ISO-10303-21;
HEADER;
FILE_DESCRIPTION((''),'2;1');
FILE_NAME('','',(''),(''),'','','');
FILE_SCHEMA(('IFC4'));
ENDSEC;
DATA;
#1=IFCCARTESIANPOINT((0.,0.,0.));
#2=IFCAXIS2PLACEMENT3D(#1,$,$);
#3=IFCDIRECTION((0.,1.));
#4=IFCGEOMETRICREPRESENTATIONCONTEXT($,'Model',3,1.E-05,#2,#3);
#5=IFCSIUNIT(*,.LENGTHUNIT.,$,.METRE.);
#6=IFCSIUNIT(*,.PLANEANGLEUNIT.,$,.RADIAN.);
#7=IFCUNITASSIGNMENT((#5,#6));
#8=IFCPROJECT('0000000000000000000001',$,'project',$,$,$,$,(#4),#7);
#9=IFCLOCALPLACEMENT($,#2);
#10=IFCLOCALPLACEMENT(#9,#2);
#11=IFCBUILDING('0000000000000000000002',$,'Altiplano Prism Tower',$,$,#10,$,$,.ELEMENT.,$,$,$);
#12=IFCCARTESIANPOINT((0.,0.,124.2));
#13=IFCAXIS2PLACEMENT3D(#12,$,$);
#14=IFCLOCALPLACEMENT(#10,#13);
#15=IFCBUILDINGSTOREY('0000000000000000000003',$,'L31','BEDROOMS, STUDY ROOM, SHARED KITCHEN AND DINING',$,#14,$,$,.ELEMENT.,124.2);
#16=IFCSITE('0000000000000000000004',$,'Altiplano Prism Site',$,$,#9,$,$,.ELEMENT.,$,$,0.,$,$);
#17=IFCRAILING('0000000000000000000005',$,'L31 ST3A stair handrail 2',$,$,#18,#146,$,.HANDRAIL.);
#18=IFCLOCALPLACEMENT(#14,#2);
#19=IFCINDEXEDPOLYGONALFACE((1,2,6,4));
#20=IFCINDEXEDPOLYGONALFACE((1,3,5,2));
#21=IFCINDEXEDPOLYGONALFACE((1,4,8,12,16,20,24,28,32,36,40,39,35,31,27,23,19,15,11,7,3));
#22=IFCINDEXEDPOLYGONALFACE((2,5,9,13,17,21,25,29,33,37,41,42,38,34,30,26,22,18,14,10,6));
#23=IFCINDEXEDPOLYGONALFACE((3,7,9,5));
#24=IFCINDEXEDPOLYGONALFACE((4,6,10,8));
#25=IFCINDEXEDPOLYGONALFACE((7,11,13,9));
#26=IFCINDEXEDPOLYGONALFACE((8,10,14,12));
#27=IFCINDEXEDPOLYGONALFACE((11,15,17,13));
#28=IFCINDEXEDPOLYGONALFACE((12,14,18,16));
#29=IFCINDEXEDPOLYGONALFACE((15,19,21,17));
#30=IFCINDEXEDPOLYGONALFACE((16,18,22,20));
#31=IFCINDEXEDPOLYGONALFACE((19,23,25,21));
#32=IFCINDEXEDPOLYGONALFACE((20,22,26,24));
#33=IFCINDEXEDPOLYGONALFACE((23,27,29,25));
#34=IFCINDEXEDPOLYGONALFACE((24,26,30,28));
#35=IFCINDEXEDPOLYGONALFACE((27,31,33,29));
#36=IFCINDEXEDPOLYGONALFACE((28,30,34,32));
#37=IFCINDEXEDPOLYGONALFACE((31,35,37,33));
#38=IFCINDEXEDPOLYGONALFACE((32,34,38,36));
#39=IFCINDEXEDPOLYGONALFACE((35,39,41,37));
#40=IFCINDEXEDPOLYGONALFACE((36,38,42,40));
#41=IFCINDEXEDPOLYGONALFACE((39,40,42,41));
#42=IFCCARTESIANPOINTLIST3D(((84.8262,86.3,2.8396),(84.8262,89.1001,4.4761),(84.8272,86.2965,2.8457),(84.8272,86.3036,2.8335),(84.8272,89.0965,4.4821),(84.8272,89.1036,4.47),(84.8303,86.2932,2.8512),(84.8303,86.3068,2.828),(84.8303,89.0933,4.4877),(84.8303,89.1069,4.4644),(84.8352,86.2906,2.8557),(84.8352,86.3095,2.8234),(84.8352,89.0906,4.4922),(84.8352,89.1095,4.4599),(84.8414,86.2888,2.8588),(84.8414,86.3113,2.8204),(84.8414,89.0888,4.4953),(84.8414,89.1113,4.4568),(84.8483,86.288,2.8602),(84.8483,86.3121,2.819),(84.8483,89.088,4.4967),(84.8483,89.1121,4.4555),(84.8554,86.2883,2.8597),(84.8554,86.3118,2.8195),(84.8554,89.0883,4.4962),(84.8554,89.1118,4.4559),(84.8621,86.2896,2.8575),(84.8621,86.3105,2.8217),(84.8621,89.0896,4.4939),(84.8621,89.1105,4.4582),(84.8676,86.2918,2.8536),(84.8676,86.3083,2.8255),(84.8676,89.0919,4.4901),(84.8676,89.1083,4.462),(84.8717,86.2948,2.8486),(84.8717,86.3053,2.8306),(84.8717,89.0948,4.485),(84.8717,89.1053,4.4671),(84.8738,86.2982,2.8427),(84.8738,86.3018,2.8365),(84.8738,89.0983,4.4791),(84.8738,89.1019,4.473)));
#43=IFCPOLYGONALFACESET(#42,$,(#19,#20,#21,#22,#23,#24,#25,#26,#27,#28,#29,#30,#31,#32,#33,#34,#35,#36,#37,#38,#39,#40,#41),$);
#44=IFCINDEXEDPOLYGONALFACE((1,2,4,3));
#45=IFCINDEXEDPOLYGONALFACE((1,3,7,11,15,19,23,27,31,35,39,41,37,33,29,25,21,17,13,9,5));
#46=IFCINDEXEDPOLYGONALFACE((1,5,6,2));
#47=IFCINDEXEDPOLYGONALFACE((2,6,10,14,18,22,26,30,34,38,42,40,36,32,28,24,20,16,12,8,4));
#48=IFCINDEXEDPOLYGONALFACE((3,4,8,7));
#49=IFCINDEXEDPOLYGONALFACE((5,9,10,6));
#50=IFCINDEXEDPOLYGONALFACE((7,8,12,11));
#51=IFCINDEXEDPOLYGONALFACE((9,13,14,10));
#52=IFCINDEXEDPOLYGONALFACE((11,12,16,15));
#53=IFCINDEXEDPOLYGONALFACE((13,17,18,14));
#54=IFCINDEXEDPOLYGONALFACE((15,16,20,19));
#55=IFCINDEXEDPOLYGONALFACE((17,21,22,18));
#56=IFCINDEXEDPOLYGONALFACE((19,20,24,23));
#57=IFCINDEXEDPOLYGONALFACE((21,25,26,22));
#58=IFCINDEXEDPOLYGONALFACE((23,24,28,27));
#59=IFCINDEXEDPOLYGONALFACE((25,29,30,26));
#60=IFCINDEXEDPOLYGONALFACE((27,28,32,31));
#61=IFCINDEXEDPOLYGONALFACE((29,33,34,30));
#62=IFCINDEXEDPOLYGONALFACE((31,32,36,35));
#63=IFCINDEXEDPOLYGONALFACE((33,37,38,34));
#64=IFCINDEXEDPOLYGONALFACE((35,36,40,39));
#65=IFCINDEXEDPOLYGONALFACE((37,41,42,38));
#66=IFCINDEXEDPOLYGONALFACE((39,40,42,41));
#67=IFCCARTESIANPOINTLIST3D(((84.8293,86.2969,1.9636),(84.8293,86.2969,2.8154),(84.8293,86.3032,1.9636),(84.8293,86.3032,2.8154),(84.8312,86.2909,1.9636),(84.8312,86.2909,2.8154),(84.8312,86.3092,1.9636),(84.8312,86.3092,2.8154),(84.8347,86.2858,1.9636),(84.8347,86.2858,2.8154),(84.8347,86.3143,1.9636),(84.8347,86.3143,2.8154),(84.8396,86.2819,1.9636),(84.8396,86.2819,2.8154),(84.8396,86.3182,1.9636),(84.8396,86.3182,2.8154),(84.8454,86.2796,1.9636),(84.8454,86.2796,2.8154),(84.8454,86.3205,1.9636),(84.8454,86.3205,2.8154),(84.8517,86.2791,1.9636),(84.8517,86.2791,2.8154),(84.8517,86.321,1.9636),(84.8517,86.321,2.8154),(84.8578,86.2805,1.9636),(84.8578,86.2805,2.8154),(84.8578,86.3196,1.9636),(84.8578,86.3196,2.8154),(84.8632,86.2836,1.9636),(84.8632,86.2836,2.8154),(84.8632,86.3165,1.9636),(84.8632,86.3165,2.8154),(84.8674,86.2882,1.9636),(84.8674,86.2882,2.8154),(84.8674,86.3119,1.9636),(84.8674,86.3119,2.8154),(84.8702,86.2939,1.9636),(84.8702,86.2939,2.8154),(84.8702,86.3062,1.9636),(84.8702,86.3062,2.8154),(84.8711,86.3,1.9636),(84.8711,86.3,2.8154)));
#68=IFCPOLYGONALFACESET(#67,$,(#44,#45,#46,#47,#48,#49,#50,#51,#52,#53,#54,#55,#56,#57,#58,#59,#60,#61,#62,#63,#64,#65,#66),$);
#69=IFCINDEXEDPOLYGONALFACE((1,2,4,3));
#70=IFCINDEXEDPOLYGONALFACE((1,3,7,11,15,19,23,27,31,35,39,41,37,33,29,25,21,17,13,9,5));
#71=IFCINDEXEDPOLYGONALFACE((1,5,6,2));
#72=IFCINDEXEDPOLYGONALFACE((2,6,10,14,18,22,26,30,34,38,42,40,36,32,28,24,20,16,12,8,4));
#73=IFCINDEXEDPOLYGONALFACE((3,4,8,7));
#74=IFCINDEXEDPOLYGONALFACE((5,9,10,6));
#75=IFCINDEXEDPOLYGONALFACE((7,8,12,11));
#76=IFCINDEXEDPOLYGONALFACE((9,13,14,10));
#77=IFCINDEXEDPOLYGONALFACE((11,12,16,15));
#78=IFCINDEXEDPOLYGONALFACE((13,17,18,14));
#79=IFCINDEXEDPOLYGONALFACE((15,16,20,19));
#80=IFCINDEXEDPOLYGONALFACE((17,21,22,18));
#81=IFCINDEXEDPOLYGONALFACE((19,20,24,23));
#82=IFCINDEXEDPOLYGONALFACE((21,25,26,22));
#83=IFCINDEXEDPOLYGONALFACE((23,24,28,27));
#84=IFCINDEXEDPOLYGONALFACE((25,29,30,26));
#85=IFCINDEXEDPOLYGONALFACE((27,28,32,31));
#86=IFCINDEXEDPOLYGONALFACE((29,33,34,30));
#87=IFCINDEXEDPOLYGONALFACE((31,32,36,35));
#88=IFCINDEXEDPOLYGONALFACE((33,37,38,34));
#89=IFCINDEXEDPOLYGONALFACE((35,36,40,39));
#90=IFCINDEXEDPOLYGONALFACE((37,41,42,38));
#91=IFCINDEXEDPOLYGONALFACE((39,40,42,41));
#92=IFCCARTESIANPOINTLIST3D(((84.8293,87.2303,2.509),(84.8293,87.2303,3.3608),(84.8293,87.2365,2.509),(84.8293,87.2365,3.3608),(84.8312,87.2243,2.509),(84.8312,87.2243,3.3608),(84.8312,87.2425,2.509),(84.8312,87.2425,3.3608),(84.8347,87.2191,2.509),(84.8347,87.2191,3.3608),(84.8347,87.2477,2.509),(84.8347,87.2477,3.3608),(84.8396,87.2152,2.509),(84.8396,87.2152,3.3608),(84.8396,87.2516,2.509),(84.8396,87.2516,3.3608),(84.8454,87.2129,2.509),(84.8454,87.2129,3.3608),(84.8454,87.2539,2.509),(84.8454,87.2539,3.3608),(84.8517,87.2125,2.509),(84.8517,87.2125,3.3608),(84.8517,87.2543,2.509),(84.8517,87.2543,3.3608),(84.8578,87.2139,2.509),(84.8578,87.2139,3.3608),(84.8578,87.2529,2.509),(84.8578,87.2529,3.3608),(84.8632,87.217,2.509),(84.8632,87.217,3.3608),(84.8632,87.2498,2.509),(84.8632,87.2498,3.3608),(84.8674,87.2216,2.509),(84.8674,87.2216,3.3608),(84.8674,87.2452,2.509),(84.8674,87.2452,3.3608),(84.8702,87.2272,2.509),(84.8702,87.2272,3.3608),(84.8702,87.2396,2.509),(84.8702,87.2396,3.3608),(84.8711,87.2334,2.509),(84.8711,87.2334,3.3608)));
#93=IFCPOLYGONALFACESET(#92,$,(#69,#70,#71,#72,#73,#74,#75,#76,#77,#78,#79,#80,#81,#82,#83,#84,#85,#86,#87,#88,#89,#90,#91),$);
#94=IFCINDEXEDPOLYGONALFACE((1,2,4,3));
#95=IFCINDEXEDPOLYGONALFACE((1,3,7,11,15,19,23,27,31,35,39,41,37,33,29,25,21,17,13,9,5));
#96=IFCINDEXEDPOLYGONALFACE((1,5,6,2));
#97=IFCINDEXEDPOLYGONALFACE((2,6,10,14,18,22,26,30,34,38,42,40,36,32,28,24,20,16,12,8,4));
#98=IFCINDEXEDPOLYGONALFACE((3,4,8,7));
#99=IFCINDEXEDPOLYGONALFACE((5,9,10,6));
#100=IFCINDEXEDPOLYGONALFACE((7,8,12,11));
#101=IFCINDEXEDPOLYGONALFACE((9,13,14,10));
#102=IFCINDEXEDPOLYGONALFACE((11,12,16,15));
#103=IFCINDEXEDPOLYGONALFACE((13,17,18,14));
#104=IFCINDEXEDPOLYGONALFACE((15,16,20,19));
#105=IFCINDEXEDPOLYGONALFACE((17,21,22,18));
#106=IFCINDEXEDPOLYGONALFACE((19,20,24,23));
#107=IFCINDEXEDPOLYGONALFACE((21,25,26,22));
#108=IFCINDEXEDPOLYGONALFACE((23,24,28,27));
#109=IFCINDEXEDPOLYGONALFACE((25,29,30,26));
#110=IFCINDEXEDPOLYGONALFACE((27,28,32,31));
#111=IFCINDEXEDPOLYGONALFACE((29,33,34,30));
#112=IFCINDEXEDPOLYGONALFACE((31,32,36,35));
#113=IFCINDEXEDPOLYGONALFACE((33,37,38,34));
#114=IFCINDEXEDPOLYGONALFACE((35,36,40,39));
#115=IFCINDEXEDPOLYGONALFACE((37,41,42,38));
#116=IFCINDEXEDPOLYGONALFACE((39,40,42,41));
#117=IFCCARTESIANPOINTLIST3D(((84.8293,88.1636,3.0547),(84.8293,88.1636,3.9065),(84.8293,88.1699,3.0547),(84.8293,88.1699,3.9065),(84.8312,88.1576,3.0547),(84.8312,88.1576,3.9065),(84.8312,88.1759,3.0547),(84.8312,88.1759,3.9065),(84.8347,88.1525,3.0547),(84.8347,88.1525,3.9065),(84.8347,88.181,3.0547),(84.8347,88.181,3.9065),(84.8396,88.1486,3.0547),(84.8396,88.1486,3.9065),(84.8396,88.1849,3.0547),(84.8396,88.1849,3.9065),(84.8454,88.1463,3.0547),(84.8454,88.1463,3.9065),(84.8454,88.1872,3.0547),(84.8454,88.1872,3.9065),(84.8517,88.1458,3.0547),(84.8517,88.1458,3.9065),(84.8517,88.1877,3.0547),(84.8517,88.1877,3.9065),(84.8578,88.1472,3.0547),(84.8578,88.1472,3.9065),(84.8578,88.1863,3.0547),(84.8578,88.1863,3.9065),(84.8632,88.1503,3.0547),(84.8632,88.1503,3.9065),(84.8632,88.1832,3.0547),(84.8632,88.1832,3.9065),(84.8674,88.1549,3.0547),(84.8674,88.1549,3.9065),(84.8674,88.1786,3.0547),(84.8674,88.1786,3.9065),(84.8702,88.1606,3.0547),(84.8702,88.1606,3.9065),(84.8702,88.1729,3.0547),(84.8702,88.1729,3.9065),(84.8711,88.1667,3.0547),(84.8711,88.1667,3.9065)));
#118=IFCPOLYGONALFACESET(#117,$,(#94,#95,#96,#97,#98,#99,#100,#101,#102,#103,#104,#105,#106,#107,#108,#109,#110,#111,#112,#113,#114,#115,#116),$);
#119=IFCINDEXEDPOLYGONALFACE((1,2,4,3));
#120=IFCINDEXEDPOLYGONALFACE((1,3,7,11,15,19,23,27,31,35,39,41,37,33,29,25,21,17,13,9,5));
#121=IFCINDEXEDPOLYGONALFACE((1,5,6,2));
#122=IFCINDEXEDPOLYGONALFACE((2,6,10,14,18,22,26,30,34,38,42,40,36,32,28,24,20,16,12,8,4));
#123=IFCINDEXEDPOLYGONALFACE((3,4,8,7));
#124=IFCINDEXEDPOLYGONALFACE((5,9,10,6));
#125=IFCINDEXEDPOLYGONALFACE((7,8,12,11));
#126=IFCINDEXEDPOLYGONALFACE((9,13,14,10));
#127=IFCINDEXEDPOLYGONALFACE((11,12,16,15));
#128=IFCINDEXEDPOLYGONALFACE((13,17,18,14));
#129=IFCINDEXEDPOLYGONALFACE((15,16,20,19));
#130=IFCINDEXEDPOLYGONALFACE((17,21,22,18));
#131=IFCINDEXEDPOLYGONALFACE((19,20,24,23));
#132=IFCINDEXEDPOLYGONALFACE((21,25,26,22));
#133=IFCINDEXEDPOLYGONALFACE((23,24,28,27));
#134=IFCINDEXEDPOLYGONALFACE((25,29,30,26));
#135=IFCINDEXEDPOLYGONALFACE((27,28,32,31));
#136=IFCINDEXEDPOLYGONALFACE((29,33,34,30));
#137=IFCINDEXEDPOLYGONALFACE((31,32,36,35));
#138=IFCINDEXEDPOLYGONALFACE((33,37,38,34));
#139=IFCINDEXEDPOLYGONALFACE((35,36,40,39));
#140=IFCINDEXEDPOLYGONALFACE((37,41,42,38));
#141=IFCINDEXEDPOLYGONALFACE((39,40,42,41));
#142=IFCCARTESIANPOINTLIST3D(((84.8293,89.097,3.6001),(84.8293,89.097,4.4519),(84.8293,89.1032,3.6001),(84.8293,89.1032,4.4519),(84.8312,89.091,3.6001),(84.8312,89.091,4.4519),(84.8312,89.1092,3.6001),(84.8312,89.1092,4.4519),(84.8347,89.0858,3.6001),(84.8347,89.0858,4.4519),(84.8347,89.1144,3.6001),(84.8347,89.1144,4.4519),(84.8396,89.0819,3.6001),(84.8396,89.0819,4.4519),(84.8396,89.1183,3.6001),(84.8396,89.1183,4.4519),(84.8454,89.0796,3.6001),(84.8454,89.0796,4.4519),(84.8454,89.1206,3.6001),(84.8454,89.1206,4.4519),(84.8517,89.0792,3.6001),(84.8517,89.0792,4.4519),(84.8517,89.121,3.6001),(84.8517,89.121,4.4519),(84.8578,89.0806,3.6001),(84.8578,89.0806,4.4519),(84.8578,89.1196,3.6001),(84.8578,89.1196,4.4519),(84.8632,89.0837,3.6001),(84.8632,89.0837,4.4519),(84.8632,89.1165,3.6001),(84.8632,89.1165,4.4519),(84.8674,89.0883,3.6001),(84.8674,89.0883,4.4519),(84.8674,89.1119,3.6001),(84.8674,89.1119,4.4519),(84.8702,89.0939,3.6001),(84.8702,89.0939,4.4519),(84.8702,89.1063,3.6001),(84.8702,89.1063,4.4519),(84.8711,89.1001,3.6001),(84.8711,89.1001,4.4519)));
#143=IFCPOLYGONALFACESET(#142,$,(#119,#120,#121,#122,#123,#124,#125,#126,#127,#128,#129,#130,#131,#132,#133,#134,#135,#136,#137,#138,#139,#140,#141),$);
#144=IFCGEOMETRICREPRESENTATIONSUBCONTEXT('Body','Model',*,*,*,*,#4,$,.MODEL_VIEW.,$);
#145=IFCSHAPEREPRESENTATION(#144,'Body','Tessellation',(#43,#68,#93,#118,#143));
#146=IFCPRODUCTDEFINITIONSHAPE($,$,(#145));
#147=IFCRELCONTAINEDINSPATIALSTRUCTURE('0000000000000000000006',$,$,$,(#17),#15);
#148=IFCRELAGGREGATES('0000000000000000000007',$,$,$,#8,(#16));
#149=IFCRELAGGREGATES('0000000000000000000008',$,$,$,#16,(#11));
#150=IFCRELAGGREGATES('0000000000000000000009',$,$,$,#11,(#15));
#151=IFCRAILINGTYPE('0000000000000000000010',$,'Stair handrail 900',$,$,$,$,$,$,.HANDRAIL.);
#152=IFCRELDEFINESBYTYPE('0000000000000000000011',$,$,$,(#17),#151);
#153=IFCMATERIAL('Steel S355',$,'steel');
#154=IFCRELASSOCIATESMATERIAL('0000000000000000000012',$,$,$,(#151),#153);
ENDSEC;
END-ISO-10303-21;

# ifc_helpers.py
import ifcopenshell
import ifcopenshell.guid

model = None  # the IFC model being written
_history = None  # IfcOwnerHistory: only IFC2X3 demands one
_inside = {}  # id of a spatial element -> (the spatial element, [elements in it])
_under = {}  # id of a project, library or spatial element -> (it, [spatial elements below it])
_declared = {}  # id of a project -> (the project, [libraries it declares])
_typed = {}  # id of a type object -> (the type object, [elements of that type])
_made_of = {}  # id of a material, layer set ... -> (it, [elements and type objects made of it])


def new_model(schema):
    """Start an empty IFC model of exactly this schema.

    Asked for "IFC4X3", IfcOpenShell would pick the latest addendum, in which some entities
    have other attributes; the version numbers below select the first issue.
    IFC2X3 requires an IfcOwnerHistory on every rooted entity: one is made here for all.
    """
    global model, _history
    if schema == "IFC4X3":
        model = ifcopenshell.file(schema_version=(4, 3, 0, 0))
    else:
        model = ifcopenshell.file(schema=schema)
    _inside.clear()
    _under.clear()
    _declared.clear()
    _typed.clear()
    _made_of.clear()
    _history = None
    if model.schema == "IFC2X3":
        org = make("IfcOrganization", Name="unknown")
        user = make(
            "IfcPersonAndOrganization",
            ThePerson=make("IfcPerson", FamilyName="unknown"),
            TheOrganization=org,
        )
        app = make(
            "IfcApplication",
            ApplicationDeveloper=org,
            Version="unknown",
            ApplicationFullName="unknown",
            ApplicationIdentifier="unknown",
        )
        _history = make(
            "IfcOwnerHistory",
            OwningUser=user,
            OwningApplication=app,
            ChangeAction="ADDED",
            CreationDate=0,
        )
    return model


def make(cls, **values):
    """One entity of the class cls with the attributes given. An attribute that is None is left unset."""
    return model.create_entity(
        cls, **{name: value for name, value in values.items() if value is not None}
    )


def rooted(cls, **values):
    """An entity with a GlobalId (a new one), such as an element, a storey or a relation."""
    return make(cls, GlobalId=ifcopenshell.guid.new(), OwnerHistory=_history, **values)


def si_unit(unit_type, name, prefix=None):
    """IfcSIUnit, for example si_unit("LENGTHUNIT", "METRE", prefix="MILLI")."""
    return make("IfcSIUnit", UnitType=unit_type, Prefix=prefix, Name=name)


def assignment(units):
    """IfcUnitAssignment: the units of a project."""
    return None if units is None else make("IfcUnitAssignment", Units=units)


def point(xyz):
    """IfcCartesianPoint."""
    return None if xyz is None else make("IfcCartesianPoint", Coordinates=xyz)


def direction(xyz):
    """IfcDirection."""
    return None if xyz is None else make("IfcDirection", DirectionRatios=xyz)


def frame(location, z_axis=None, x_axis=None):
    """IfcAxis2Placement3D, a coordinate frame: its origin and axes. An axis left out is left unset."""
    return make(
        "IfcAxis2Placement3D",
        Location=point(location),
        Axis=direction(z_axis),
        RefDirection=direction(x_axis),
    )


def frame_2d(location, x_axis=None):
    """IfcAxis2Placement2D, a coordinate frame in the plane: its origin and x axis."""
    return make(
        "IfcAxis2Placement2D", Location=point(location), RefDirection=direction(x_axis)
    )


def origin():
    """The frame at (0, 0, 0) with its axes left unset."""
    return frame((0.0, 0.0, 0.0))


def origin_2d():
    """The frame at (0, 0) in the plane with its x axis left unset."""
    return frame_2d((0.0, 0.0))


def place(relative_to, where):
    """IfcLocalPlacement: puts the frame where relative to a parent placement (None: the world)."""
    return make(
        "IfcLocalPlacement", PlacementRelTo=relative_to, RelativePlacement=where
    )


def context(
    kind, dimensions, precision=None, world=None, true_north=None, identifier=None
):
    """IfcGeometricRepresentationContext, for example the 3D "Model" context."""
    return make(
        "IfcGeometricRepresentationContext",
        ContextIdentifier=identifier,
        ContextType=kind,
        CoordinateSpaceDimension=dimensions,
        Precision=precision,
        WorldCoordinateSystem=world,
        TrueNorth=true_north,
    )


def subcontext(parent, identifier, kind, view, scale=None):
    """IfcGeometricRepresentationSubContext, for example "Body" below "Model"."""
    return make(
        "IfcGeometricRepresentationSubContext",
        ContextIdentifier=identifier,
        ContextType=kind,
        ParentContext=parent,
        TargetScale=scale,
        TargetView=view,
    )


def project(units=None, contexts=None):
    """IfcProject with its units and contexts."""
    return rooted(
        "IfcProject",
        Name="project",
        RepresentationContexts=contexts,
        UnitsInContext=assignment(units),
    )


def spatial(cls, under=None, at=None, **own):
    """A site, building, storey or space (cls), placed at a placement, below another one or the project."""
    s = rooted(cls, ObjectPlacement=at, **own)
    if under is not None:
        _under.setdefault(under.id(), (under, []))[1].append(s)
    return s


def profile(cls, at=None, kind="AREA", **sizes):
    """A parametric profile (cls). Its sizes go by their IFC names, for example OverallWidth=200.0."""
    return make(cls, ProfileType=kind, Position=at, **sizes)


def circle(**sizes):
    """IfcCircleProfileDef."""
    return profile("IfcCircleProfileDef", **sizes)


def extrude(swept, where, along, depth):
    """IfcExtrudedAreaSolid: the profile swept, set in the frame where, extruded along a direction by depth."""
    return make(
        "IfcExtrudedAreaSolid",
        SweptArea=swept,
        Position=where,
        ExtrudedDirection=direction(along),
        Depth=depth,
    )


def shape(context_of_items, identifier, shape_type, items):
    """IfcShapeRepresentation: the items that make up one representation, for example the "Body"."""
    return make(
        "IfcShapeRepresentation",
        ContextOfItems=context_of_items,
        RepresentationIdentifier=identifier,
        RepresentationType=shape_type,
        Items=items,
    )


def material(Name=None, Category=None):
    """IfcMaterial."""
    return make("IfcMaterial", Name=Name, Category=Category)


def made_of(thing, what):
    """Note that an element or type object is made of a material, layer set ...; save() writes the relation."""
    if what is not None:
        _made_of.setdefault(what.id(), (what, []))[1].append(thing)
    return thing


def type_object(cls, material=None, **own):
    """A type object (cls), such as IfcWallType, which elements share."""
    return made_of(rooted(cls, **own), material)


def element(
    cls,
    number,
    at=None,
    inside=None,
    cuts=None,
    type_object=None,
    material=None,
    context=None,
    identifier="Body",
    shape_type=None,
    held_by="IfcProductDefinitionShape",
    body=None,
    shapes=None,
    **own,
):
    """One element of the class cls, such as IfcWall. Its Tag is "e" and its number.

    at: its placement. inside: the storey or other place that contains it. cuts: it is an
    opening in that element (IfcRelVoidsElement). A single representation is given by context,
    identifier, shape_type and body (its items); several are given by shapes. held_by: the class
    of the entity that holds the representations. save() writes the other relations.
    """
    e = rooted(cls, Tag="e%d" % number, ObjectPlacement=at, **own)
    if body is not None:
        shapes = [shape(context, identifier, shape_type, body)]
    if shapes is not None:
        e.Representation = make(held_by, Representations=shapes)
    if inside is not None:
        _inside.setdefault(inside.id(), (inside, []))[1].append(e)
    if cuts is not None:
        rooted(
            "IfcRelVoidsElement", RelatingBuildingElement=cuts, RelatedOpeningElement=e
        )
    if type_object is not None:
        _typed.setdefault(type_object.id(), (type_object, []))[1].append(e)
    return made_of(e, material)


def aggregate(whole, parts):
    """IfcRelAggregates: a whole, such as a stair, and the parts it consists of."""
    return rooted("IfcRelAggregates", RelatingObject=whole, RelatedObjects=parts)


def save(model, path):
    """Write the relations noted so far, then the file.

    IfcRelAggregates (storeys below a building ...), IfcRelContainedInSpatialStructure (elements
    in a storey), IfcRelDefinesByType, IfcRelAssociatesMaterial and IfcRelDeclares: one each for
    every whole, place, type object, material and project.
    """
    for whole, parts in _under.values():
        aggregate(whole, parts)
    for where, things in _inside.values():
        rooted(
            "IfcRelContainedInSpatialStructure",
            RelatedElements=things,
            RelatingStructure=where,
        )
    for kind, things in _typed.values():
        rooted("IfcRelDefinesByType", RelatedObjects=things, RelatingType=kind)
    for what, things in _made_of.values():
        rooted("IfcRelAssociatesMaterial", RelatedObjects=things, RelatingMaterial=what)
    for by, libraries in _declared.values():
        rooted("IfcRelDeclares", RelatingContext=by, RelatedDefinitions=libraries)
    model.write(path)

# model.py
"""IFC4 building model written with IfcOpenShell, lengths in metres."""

from ifc_helpers import new_model, si_unit, direction, frame, origin, origin_2d, place, context, subcontext, project, spatial, circle, extrude, material, type_object, element, save


model = new_model("IFC4")

# Units and contexts
model_context = context("Model", 3, precision=1e-05, world=origin(), true_north=direction((0.0, 1.0)))
body_context = subcontext(model_context, "Body", "Model", "MODEL_VIEW")
ifc_project = project(units=[si_unit("LENGTHUNIT", "METRE"), si_unit("PLANEANGLEUNIT", "RADIAN")], contexts=[model_context])

# Site, building, storey
site_placement = place(None, origin())
site = spatial("IfcSite", under=ifc_project, at=site_placement, Name="Altiplano Prism Site", CompositionType="ELEMENT", RefElevation=0.0)
building_placement = place(site_placement, origin())
building = spatial("IfcBuilding", under=site, at=building_placement, Name="Altiplano Prism Tower", CompositionType="ELEMENT")
storey_placement = place(building_placement, frame((0.0, 0.0, 124.2)))
storey = spatial("IfcBuildingStorey", under=building, at=storey_placement, Name="L31", Description="BEDROOMS, STUDY ROOM, SHARED KITCHEN AND DINING", CompositionType="ELEMENT", Elevation=124.2)

# Railing
ifc_material_1 = material(Name="Steel S355", Category="steel")
railing_type = type_object("IfcRailingType", Name="Stair handrail 900", PredefinedType="HANDRAIL", material=ifc_material_1)
railing_placement = place(storey_placement, frame((84.8501, 86.3, 1.9636)))
element("IfcRailing", 1, at=railing_placement, inside=storey, type_object=railing_type, Name="L31 ST3A stair handrail 2", PredefinedType="HANDRAIL", context=body_context, shape_type="SweptSolid", body=[
    extrude(circle(Radius=0.0239, at=origin_2d()), frame((0.0, 0.0, 0.876), z_axis=(0.0, 0.863361, 0.504587), x_axis=(-1.0, 0.0, 0.0)), (0.0, 0.0, 1.0), 3.2432),
    extrude(circle(Radius=0.021, at=origin_2d()), origin(), (0.0, 0.0, 1.0), 0.8518),
    extrude(circle(Radius=0.021, at=origin_2d()), frame((0.0, 0.9333, 0.5454)), (0.0, 0.0, 1.0), 0.8518),
    extrude(circle(Radius=0.021, at=origin_2d()), frame((0.0, 1.8667, 1.0911)), (0.0, 0.0, 1.0), 0.8518),
    extrude(circle(Radius=0.021, at=origin_2d()), frame((0.0, 2.8, 1.6365)), (0.0, 0.0, 1.0), 0.8518),
])

save(model, "model.ifc")
